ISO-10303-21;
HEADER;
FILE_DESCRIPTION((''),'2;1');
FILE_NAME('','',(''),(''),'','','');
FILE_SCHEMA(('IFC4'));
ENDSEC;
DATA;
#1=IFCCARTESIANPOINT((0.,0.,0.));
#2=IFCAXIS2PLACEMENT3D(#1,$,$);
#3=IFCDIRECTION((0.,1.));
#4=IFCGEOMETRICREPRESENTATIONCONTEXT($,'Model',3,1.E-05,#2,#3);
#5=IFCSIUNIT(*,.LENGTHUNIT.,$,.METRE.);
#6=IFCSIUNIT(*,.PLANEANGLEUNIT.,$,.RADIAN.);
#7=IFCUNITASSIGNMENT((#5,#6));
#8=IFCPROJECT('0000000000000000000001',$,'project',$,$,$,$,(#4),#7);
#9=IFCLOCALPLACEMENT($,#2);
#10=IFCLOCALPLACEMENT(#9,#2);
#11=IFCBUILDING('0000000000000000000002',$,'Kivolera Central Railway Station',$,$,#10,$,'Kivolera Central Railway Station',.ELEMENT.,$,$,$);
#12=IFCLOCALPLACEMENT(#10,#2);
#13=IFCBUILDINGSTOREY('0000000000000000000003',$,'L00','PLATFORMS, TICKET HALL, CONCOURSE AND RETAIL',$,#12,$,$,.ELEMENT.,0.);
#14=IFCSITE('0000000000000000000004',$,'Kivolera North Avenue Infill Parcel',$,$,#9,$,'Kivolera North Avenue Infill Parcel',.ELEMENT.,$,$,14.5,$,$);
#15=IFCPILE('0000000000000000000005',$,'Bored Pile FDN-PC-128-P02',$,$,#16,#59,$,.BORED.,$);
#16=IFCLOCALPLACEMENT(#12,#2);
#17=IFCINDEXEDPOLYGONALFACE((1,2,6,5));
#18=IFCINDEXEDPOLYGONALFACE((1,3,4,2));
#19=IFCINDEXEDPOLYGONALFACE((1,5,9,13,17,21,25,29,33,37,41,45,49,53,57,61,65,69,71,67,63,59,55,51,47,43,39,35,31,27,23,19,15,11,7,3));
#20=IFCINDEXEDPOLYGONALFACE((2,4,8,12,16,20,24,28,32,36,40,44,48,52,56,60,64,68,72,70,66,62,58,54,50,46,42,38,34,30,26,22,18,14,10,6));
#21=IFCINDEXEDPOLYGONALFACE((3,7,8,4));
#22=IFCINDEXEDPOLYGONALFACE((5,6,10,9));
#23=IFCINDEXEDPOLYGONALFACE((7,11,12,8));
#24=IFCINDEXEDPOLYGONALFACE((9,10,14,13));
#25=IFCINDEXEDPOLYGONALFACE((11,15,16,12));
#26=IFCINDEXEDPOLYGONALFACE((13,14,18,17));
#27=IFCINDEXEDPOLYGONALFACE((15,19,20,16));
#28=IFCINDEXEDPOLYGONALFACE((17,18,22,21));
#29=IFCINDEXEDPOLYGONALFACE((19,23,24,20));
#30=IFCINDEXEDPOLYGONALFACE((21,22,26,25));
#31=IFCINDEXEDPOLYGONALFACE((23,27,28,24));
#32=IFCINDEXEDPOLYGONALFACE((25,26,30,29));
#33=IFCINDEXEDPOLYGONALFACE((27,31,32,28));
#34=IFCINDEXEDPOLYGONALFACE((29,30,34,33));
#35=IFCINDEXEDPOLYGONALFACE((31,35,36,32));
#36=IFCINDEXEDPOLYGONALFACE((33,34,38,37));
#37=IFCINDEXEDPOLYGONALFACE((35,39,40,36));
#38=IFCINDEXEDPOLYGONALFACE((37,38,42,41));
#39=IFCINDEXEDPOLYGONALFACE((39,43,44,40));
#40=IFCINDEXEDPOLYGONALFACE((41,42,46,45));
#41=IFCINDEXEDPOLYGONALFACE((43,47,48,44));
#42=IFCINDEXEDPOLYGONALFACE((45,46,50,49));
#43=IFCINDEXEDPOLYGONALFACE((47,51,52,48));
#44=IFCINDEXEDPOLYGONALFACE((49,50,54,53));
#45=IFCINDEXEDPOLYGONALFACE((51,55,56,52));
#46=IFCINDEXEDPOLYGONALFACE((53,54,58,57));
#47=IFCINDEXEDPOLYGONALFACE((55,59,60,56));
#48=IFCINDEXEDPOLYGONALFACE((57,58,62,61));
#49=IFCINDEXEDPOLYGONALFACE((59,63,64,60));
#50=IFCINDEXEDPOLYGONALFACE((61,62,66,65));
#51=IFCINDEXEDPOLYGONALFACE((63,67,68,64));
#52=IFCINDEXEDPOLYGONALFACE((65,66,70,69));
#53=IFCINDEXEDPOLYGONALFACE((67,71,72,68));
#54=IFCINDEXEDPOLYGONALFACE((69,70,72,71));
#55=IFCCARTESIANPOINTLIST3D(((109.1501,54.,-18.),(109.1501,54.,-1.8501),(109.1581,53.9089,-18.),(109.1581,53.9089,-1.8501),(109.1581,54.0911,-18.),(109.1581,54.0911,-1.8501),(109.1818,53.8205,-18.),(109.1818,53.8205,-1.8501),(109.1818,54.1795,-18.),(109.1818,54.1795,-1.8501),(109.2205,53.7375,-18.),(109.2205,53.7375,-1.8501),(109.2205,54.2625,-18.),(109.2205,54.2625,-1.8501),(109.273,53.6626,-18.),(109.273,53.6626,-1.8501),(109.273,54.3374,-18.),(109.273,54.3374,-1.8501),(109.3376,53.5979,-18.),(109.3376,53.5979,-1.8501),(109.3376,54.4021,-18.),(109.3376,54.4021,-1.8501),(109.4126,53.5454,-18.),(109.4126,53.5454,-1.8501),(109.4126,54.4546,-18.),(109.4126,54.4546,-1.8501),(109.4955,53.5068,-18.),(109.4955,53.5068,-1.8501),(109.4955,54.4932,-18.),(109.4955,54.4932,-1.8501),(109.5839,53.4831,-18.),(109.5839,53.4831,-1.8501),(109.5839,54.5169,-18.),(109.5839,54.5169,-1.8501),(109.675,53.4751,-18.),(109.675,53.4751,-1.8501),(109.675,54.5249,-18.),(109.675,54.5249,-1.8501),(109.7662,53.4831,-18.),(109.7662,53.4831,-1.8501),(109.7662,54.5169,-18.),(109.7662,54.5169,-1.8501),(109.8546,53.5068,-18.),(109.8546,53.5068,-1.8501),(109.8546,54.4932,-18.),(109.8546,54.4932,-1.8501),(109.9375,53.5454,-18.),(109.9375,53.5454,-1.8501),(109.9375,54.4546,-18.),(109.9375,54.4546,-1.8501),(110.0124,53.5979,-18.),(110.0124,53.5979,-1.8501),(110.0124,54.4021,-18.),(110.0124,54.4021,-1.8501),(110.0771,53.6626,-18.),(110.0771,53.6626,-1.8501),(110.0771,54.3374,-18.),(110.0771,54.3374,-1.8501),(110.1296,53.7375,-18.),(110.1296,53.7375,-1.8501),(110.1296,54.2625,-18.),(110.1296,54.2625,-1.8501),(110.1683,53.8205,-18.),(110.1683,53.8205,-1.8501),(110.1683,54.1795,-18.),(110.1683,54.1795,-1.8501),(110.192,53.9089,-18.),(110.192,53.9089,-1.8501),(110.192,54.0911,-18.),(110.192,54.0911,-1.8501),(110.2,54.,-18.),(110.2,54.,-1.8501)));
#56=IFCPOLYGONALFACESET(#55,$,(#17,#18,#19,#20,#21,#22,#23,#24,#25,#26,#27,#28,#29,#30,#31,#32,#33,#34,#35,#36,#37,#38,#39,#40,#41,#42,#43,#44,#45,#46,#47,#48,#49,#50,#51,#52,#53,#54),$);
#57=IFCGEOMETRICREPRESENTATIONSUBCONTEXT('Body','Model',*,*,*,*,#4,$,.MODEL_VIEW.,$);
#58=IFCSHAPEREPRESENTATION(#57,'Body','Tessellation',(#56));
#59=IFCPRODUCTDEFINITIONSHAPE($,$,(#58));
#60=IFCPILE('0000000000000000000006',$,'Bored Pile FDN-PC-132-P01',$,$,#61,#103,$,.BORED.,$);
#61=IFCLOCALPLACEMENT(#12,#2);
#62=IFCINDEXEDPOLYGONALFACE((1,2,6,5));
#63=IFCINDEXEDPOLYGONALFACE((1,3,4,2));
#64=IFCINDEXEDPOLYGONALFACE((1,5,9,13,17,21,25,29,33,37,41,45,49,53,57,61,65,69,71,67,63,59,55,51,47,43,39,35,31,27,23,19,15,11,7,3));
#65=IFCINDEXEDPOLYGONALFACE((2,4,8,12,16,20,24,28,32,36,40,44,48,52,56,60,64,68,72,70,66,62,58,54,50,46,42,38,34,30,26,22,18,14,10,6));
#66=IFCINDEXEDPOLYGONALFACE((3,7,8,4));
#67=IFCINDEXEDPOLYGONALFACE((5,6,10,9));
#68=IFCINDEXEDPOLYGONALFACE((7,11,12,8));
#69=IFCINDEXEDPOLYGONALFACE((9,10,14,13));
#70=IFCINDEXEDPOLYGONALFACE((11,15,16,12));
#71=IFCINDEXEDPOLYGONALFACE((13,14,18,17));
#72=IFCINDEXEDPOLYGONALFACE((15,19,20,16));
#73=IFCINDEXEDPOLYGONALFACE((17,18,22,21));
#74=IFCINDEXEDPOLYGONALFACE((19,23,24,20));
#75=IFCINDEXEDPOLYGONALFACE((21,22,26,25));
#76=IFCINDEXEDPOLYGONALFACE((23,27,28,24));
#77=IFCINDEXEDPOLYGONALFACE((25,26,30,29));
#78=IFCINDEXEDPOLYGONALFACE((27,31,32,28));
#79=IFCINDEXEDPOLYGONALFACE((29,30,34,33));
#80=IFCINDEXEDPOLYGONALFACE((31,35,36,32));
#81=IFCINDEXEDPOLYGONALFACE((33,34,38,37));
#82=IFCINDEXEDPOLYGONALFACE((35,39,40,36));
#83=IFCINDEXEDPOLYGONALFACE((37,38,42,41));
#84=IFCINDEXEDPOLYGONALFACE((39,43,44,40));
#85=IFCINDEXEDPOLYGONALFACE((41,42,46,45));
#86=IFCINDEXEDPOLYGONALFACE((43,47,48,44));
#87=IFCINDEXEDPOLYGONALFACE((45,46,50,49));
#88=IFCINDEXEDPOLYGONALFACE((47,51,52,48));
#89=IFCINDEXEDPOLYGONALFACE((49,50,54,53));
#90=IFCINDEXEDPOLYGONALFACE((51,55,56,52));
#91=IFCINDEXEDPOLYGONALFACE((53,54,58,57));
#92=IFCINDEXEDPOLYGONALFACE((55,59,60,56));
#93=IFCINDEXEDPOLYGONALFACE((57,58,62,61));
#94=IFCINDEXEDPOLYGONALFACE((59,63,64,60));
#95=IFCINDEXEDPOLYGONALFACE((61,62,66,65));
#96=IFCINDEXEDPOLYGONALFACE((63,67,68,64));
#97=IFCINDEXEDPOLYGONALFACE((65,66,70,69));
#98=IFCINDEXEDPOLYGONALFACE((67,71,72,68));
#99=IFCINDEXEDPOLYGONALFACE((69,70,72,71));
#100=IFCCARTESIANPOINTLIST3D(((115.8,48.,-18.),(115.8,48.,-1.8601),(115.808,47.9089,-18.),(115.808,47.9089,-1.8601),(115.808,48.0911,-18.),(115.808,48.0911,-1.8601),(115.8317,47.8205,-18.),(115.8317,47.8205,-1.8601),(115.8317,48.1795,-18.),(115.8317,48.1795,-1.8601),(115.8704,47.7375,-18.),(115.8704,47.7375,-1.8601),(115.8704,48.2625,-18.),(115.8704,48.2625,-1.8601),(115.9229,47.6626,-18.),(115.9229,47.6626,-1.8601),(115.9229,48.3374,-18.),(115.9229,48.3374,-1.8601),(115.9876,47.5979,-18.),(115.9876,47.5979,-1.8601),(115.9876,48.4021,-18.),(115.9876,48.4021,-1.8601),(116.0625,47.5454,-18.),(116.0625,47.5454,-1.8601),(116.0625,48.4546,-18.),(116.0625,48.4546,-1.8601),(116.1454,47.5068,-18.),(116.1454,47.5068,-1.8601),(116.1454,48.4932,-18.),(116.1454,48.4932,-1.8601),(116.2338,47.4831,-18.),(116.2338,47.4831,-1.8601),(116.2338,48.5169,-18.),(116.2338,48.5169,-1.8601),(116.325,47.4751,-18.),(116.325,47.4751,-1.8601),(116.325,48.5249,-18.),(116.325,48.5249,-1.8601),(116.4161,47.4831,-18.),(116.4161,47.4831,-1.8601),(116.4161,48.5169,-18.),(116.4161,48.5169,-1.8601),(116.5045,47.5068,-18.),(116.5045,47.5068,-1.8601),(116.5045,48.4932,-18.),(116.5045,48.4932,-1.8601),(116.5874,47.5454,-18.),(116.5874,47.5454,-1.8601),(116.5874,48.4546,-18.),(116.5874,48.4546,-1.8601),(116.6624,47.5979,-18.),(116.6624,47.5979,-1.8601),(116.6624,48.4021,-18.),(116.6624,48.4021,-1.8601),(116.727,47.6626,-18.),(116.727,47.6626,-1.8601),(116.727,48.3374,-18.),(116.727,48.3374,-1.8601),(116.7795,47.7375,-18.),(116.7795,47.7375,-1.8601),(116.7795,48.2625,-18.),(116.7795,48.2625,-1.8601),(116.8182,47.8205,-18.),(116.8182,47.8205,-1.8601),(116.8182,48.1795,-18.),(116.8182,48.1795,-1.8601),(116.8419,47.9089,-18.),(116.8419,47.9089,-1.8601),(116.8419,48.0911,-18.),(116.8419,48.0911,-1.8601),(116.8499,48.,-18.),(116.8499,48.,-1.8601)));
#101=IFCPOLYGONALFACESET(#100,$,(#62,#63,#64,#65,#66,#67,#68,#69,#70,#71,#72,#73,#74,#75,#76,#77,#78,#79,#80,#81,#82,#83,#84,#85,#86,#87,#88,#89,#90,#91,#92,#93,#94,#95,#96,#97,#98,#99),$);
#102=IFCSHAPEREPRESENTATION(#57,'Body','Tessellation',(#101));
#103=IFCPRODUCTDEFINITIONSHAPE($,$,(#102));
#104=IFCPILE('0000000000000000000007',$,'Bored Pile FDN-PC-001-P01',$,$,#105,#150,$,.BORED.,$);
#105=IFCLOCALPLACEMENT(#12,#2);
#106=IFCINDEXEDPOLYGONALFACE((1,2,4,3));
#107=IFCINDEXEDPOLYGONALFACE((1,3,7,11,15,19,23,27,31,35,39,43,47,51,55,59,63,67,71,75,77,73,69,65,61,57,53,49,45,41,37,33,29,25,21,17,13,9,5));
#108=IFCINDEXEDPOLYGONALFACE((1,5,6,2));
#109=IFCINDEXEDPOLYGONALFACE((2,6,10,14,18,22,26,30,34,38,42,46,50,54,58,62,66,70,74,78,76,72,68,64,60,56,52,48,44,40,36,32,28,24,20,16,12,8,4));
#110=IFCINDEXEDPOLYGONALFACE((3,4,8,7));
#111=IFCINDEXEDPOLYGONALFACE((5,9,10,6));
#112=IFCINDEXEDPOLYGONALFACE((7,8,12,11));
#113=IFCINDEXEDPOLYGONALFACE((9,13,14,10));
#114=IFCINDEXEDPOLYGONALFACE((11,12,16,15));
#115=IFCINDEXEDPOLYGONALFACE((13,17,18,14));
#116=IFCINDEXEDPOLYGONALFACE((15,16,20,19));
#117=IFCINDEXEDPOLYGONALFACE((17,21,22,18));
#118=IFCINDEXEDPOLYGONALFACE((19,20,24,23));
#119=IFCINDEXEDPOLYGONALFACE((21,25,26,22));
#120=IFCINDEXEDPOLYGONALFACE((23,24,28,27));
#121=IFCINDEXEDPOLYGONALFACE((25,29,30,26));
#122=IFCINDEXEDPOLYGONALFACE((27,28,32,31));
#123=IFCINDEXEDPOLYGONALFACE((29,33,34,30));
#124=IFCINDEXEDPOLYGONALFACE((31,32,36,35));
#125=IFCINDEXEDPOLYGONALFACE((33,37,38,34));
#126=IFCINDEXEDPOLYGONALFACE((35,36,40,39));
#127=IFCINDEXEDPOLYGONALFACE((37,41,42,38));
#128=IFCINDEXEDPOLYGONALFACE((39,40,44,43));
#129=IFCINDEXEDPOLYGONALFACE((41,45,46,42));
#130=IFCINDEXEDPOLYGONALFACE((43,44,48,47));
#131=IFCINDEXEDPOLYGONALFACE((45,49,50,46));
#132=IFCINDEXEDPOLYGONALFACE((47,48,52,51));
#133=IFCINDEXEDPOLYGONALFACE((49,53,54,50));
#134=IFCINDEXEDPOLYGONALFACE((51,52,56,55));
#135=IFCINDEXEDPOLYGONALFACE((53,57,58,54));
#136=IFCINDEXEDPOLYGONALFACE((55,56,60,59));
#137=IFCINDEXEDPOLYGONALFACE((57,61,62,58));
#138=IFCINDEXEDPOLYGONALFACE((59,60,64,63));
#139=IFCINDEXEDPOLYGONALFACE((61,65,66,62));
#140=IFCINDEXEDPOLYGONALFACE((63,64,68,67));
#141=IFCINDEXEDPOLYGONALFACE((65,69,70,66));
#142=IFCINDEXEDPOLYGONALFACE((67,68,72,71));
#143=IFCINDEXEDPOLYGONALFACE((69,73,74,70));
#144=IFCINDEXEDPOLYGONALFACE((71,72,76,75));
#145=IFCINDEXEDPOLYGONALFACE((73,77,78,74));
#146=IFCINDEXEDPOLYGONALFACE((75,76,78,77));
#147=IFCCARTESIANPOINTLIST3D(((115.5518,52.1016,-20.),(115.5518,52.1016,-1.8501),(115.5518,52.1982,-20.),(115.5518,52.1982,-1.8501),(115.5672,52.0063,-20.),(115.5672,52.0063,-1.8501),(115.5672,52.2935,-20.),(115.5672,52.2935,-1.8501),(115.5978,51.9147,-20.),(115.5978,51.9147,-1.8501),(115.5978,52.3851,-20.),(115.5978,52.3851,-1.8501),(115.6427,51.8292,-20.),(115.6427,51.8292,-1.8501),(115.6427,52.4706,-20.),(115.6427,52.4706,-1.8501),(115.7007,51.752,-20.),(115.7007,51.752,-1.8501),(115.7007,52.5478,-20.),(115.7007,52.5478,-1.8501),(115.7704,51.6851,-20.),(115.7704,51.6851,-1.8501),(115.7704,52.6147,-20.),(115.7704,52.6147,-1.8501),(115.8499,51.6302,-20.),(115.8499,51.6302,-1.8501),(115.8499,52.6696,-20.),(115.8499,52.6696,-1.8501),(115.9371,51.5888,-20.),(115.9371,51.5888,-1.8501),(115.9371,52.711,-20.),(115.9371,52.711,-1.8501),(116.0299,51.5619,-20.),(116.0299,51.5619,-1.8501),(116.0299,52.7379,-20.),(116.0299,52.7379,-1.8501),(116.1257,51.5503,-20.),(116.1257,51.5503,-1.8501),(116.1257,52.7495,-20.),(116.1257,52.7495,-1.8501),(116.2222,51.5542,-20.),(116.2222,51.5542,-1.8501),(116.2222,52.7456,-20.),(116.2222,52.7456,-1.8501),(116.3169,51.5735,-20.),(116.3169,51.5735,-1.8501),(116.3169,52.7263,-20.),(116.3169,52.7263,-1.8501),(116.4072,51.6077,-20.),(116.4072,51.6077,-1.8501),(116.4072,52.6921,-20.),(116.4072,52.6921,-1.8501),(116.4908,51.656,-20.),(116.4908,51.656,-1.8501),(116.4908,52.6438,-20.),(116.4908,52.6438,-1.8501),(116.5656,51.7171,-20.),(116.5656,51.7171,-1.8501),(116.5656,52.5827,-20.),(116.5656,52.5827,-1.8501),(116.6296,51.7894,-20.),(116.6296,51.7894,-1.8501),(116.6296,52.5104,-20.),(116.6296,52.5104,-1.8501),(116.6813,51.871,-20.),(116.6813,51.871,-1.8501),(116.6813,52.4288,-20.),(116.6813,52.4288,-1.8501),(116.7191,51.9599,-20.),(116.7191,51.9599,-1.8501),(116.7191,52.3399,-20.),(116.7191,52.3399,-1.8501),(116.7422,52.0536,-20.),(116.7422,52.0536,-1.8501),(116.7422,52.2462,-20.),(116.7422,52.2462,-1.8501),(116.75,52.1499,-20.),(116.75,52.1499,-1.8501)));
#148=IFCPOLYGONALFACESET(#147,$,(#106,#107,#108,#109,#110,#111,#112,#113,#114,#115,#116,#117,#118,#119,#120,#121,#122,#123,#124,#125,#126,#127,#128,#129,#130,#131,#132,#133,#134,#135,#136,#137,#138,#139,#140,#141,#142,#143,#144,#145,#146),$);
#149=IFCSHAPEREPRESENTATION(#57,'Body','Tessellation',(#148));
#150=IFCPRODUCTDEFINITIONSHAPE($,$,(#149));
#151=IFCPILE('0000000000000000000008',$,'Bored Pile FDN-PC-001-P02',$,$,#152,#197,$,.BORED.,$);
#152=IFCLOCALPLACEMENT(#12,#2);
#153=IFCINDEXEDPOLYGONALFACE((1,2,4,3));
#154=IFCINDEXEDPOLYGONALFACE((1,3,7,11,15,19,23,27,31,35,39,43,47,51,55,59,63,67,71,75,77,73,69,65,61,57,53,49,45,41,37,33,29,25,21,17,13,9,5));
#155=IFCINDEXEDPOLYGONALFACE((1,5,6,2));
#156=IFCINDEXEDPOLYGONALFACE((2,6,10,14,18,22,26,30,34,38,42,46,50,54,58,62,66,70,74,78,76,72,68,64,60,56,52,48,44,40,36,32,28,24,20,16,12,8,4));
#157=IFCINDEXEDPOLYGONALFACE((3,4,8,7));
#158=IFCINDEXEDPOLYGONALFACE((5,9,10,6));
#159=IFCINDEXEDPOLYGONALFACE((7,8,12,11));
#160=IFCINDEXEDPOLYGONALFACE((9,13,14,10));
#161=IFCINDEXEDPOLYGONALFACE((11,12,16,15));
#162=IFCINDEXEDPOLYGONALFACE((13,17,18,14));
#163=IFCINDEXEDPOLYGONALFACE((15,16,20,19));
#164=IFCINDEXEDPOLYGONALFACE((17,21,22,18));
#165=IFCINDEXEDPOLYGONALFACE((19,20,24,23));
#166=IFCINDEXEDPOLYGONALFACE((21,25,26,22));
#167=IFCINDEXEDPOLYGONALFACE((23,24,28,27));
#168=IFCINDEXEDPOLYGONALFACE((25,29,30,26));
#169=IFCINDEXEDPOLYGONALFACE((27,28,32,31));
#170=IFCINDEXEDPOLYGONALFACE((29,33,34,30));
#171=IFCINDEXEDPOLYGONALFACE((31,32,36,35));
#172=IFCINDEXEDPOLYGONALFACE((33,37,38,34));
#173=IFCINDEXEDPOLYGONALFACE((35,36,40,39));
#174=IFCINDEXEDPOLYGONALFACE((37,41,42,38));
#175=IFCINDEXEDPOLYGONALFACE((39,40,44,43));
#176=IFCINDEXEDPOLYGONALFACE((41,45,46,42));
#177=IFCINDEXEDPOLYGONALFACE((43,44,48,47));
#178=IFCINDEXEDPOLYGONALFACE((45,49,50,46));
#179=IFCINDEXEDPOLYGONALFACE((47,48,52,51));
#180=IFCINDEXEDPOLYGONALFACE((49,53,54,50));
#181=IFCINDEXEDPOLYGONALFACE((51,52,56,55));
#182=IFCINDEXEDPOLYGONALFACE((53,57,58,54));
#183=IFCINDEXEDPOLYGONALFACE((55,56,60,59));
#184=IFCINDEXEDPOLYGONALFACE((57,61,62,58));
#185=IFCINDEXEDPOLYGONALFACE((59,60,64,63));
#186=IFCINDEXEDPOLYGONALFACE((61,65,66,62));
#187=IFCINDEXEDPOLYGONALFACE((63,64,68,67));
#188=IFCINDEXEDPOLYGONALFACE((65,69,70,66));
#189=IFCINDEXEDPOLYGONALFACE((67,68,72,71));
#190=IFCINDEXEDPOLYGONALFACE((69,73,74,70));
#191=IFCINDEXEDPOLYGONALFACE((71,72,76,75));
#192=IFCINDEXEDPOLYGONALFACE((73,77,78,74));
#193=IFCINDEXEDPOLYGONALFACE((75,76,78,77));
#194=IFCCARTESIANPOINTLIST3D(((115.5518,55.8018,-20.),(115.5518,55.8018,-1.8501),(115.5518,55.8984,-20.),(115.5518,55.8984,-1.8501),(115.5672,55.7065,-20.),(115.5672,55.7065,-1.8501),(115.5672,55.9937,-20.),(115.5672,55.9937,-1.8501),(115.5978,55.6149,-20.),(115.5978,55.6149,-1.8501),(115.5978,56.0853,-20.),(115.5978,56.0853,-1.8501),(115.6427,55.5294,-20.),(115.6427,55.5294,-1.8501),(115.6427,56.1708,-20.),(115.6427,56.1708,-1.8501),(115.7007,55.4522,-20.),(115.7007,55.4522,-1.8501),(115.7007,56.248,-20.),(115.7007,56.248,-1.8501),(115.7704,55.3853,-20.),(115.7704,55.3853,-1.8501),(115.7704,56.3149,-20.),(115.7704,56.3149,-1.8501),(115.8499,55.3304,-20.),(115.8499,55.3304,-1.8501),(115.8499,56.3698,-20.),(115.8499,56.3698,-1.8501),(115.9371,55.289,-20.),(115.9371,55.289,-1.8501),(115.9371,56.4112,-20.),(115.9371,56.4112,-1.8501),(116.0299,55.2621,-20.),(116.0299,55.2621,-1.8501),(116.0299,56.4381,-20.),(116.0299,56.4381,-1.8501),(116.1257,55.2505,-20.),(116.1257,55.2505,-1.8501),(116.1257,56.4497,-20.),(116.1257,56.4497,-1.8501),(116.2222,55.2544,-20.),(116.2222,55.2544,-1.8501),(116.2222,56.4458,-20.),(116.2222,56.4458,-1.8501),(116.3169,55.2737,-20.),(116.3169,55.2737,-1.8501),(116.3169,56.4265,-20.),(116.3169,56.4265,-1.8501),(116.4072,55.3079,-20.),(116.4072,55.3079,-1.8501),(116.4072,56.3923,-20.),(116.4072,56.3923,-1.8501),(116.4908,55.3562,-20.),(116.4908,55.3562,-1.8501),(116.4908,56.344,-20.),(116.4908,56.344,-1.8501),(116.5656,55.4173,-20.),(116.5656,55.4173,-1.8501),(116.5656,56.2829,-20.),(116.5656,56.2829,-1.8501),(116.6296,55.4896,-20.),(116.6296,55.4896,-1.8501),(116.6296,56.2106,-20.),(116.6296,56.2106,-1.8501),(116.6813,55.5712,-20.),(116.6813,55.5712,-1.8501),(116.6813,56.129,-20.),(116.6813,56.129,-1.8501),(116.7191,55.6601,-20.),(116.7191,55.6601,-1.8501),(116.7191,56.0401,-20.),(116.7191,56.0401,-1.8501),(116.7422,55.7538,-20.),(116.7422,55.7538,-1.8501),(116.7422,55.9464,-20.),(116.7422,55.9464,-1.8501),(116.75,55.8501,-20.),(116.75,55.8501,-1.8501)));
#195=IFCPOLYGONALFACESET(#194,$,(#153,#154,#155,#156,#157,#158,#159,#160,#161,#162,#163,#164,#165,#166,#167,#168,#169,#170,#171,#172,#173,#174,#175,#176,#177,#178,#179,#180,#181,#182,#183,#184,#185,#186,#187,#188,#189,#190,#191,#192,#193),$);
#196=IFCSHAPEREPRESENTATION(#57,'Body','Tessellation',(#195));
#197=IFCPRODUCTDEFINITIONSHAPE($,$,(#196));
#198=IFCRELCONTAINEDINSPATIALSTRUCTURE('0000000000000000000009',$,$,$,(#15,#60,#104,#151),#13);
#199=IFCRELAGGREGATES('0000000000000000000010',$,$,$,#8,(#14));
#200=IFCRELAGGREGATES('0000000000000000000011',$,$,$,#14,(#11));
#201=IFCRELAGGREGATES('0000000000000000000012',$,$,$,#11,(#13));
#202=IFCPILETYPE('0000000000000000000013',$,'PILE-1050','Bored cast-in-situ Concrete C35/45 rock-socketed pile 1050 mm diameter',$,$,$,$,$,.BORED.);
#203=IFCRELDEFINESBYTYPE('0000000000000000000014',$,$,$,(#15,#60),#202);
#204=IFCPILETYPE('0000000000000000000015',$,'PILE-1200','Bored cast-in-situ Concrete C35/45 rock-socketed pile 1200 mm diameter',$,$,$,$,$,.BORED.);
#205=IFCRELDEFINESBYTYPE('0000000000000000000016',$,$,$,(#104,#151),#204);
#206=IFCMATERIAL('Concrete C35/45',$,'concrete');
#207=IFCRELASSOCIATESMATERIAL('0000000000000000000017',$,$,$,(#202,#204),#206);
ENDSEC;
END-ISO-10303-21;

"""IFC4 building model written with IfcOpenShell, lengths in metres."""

from ifc_helpers import new_model, si_unit, direction, frame, origin, origin_2d, place, context, subcontext, project, spatial, circle, extrude, material, material_profile, profile_set, type_object, element, save


model = new_model("IFC4")

# Units and contexts
model_context = context("Model", 3, precision=1e-05, world=origin(), true_north=direction((0.0, 1.0)))
body_context = subcontext(model_context, "Body", "Model", "MODEL_VIEW")
ifc_project = project(units=[si_unit("LENGTHUNIT", "METRE"), si_unit("PLANEANGLEUNIT", "RADIAN")], contexts=[model_context])

# Site, building, storey
site_placement = place(None, origin())
site = spatial("IfcSite", under=ifc_project, at=site_placement, Name="Kivolera North Avenue Infill Parcel", LongName="Kivolera North Avenue Infill Parcel", CompositionType="ELEMENT", RefElevation=14.5)
building_placement = place(site_placement, origin())
building = spatial("IfcBuilding", under=site, at=building_placement, Name="Kivolera Central Railway Station", LongName="Kivolera Central Railway Station", CompositionType="ELEMENT")
storey_placement = place(building_placement, origin())
storey = spatial("IfcBuildingStorey", under=building, at=storey_placement, Name="L00", Description="PLATFORMS, TICKET HALL, CONCOURSE AND RETAIL", CompositionType="ELEMENT", Elevation=0.0)

# Shared definitions
ifc_material_1 = material(Name="Concrete C35/45", Category="concrete")

# Piles
ifc_material_profile_1 = material_profile(ifc_material_1, circle(Radius=0.5249, at=origin_2d()), Name="PILE D1050")
ifc_profile_set_1 = profile_set([ifc_material_profile_1], Name="Concrete C35/45")
pile_type_1 = type_object("IfcPileType", Name="PILE-1050", Description="Bored cast-in-situ Concrete C35/45 rock-socketed pile 1050 mm diameter", PredefinedType="BORED", material=ifc_profile_set_1)
for number, where, z_axis, x_axis, name in (
    (1, (109.675, 54.0, -1.8501), (0.0, 0.0, -1.0), (1.0, 0.0, 0.0), "Bored Pile FDN-PC-128-P02"),
):
    element("IfcPile", number, at=place(storey_placement, frame(where, z_axis=z_axis, x_axis=x_axis)), inside=storey, type_object=pile_type_1, Name=name, PredefinedType="BORED", context=body_context, shape_type="SweptSolid", body=[
        extrude(circle(Radius=0.5249, at=origin_2d()), origin(), (0.0, 0.0, 1.0), 16.1499),
    ])
pile_placement = place(storey_placement, frame((116.325, 48.0, -1.8601), z_axis=(0.0, 0.0, -1.0), x_axis=(1.0, 0.0, 0.0)))
element("IfcPile", 2, at=pile_placement, inside=storey, type_object=pile_type_1, Name="Bored Pile FDN-PC-132-P01", PredefinedType="BORED", context=body_context, shape_type="SweptSolid", body=[
    extrude(circle(Radius=0.5249, at=origin_2d()), origin(), (0.0, 0.0, 1.0), 16.1399),
])
ifc_material_profile_2 = material_profile(ifc_material_1, circle(Radius=0.6001, at=origin_2d()), Name="PILE D1200")
ifc_profile_set_2 = profile_set([ifc_material_profile_2], Name="Concrete C35/45")
pile_type_2 = type_object("IfcPileType", Name="PILE-1200", Description="Bored cast-in-situ Concrete C35/45 rock-socketed pile 1200 mm diameter", PredefinedType="BORED", material=ifc_profile_set_2)
for number, where, z_axis, x_axis, name in (
    (3, (116.1499, 52.1499, -1.8501), (0.0, 0.0, -1.0), (1.0, 0.0, 0.0), "Bored Pile FDN-PC-001-P01"),
    (4, (116.1499, 55.8501, -1.8501), (0.0, 0.0, -1.0), (1.0, 0.0, 0.0), "Bored Pile FDN-PC-001-P02"),
):
    element("IfcPile", number, at=place(storey_placement, frame(where, z_axis=z_axis, x_axis=x_axis)), inside=storey, type_object=pile_type_2, Name=name, PredefinedType="BORED", context=body_context, shape_type="SweptSolid", body=[
        extrude(circle(Radius=0.6001, at=origin_2d()), origin(), (0.0, 0.0, 1.0), 18.1499),
    ])

save(model, "model.ifc")
